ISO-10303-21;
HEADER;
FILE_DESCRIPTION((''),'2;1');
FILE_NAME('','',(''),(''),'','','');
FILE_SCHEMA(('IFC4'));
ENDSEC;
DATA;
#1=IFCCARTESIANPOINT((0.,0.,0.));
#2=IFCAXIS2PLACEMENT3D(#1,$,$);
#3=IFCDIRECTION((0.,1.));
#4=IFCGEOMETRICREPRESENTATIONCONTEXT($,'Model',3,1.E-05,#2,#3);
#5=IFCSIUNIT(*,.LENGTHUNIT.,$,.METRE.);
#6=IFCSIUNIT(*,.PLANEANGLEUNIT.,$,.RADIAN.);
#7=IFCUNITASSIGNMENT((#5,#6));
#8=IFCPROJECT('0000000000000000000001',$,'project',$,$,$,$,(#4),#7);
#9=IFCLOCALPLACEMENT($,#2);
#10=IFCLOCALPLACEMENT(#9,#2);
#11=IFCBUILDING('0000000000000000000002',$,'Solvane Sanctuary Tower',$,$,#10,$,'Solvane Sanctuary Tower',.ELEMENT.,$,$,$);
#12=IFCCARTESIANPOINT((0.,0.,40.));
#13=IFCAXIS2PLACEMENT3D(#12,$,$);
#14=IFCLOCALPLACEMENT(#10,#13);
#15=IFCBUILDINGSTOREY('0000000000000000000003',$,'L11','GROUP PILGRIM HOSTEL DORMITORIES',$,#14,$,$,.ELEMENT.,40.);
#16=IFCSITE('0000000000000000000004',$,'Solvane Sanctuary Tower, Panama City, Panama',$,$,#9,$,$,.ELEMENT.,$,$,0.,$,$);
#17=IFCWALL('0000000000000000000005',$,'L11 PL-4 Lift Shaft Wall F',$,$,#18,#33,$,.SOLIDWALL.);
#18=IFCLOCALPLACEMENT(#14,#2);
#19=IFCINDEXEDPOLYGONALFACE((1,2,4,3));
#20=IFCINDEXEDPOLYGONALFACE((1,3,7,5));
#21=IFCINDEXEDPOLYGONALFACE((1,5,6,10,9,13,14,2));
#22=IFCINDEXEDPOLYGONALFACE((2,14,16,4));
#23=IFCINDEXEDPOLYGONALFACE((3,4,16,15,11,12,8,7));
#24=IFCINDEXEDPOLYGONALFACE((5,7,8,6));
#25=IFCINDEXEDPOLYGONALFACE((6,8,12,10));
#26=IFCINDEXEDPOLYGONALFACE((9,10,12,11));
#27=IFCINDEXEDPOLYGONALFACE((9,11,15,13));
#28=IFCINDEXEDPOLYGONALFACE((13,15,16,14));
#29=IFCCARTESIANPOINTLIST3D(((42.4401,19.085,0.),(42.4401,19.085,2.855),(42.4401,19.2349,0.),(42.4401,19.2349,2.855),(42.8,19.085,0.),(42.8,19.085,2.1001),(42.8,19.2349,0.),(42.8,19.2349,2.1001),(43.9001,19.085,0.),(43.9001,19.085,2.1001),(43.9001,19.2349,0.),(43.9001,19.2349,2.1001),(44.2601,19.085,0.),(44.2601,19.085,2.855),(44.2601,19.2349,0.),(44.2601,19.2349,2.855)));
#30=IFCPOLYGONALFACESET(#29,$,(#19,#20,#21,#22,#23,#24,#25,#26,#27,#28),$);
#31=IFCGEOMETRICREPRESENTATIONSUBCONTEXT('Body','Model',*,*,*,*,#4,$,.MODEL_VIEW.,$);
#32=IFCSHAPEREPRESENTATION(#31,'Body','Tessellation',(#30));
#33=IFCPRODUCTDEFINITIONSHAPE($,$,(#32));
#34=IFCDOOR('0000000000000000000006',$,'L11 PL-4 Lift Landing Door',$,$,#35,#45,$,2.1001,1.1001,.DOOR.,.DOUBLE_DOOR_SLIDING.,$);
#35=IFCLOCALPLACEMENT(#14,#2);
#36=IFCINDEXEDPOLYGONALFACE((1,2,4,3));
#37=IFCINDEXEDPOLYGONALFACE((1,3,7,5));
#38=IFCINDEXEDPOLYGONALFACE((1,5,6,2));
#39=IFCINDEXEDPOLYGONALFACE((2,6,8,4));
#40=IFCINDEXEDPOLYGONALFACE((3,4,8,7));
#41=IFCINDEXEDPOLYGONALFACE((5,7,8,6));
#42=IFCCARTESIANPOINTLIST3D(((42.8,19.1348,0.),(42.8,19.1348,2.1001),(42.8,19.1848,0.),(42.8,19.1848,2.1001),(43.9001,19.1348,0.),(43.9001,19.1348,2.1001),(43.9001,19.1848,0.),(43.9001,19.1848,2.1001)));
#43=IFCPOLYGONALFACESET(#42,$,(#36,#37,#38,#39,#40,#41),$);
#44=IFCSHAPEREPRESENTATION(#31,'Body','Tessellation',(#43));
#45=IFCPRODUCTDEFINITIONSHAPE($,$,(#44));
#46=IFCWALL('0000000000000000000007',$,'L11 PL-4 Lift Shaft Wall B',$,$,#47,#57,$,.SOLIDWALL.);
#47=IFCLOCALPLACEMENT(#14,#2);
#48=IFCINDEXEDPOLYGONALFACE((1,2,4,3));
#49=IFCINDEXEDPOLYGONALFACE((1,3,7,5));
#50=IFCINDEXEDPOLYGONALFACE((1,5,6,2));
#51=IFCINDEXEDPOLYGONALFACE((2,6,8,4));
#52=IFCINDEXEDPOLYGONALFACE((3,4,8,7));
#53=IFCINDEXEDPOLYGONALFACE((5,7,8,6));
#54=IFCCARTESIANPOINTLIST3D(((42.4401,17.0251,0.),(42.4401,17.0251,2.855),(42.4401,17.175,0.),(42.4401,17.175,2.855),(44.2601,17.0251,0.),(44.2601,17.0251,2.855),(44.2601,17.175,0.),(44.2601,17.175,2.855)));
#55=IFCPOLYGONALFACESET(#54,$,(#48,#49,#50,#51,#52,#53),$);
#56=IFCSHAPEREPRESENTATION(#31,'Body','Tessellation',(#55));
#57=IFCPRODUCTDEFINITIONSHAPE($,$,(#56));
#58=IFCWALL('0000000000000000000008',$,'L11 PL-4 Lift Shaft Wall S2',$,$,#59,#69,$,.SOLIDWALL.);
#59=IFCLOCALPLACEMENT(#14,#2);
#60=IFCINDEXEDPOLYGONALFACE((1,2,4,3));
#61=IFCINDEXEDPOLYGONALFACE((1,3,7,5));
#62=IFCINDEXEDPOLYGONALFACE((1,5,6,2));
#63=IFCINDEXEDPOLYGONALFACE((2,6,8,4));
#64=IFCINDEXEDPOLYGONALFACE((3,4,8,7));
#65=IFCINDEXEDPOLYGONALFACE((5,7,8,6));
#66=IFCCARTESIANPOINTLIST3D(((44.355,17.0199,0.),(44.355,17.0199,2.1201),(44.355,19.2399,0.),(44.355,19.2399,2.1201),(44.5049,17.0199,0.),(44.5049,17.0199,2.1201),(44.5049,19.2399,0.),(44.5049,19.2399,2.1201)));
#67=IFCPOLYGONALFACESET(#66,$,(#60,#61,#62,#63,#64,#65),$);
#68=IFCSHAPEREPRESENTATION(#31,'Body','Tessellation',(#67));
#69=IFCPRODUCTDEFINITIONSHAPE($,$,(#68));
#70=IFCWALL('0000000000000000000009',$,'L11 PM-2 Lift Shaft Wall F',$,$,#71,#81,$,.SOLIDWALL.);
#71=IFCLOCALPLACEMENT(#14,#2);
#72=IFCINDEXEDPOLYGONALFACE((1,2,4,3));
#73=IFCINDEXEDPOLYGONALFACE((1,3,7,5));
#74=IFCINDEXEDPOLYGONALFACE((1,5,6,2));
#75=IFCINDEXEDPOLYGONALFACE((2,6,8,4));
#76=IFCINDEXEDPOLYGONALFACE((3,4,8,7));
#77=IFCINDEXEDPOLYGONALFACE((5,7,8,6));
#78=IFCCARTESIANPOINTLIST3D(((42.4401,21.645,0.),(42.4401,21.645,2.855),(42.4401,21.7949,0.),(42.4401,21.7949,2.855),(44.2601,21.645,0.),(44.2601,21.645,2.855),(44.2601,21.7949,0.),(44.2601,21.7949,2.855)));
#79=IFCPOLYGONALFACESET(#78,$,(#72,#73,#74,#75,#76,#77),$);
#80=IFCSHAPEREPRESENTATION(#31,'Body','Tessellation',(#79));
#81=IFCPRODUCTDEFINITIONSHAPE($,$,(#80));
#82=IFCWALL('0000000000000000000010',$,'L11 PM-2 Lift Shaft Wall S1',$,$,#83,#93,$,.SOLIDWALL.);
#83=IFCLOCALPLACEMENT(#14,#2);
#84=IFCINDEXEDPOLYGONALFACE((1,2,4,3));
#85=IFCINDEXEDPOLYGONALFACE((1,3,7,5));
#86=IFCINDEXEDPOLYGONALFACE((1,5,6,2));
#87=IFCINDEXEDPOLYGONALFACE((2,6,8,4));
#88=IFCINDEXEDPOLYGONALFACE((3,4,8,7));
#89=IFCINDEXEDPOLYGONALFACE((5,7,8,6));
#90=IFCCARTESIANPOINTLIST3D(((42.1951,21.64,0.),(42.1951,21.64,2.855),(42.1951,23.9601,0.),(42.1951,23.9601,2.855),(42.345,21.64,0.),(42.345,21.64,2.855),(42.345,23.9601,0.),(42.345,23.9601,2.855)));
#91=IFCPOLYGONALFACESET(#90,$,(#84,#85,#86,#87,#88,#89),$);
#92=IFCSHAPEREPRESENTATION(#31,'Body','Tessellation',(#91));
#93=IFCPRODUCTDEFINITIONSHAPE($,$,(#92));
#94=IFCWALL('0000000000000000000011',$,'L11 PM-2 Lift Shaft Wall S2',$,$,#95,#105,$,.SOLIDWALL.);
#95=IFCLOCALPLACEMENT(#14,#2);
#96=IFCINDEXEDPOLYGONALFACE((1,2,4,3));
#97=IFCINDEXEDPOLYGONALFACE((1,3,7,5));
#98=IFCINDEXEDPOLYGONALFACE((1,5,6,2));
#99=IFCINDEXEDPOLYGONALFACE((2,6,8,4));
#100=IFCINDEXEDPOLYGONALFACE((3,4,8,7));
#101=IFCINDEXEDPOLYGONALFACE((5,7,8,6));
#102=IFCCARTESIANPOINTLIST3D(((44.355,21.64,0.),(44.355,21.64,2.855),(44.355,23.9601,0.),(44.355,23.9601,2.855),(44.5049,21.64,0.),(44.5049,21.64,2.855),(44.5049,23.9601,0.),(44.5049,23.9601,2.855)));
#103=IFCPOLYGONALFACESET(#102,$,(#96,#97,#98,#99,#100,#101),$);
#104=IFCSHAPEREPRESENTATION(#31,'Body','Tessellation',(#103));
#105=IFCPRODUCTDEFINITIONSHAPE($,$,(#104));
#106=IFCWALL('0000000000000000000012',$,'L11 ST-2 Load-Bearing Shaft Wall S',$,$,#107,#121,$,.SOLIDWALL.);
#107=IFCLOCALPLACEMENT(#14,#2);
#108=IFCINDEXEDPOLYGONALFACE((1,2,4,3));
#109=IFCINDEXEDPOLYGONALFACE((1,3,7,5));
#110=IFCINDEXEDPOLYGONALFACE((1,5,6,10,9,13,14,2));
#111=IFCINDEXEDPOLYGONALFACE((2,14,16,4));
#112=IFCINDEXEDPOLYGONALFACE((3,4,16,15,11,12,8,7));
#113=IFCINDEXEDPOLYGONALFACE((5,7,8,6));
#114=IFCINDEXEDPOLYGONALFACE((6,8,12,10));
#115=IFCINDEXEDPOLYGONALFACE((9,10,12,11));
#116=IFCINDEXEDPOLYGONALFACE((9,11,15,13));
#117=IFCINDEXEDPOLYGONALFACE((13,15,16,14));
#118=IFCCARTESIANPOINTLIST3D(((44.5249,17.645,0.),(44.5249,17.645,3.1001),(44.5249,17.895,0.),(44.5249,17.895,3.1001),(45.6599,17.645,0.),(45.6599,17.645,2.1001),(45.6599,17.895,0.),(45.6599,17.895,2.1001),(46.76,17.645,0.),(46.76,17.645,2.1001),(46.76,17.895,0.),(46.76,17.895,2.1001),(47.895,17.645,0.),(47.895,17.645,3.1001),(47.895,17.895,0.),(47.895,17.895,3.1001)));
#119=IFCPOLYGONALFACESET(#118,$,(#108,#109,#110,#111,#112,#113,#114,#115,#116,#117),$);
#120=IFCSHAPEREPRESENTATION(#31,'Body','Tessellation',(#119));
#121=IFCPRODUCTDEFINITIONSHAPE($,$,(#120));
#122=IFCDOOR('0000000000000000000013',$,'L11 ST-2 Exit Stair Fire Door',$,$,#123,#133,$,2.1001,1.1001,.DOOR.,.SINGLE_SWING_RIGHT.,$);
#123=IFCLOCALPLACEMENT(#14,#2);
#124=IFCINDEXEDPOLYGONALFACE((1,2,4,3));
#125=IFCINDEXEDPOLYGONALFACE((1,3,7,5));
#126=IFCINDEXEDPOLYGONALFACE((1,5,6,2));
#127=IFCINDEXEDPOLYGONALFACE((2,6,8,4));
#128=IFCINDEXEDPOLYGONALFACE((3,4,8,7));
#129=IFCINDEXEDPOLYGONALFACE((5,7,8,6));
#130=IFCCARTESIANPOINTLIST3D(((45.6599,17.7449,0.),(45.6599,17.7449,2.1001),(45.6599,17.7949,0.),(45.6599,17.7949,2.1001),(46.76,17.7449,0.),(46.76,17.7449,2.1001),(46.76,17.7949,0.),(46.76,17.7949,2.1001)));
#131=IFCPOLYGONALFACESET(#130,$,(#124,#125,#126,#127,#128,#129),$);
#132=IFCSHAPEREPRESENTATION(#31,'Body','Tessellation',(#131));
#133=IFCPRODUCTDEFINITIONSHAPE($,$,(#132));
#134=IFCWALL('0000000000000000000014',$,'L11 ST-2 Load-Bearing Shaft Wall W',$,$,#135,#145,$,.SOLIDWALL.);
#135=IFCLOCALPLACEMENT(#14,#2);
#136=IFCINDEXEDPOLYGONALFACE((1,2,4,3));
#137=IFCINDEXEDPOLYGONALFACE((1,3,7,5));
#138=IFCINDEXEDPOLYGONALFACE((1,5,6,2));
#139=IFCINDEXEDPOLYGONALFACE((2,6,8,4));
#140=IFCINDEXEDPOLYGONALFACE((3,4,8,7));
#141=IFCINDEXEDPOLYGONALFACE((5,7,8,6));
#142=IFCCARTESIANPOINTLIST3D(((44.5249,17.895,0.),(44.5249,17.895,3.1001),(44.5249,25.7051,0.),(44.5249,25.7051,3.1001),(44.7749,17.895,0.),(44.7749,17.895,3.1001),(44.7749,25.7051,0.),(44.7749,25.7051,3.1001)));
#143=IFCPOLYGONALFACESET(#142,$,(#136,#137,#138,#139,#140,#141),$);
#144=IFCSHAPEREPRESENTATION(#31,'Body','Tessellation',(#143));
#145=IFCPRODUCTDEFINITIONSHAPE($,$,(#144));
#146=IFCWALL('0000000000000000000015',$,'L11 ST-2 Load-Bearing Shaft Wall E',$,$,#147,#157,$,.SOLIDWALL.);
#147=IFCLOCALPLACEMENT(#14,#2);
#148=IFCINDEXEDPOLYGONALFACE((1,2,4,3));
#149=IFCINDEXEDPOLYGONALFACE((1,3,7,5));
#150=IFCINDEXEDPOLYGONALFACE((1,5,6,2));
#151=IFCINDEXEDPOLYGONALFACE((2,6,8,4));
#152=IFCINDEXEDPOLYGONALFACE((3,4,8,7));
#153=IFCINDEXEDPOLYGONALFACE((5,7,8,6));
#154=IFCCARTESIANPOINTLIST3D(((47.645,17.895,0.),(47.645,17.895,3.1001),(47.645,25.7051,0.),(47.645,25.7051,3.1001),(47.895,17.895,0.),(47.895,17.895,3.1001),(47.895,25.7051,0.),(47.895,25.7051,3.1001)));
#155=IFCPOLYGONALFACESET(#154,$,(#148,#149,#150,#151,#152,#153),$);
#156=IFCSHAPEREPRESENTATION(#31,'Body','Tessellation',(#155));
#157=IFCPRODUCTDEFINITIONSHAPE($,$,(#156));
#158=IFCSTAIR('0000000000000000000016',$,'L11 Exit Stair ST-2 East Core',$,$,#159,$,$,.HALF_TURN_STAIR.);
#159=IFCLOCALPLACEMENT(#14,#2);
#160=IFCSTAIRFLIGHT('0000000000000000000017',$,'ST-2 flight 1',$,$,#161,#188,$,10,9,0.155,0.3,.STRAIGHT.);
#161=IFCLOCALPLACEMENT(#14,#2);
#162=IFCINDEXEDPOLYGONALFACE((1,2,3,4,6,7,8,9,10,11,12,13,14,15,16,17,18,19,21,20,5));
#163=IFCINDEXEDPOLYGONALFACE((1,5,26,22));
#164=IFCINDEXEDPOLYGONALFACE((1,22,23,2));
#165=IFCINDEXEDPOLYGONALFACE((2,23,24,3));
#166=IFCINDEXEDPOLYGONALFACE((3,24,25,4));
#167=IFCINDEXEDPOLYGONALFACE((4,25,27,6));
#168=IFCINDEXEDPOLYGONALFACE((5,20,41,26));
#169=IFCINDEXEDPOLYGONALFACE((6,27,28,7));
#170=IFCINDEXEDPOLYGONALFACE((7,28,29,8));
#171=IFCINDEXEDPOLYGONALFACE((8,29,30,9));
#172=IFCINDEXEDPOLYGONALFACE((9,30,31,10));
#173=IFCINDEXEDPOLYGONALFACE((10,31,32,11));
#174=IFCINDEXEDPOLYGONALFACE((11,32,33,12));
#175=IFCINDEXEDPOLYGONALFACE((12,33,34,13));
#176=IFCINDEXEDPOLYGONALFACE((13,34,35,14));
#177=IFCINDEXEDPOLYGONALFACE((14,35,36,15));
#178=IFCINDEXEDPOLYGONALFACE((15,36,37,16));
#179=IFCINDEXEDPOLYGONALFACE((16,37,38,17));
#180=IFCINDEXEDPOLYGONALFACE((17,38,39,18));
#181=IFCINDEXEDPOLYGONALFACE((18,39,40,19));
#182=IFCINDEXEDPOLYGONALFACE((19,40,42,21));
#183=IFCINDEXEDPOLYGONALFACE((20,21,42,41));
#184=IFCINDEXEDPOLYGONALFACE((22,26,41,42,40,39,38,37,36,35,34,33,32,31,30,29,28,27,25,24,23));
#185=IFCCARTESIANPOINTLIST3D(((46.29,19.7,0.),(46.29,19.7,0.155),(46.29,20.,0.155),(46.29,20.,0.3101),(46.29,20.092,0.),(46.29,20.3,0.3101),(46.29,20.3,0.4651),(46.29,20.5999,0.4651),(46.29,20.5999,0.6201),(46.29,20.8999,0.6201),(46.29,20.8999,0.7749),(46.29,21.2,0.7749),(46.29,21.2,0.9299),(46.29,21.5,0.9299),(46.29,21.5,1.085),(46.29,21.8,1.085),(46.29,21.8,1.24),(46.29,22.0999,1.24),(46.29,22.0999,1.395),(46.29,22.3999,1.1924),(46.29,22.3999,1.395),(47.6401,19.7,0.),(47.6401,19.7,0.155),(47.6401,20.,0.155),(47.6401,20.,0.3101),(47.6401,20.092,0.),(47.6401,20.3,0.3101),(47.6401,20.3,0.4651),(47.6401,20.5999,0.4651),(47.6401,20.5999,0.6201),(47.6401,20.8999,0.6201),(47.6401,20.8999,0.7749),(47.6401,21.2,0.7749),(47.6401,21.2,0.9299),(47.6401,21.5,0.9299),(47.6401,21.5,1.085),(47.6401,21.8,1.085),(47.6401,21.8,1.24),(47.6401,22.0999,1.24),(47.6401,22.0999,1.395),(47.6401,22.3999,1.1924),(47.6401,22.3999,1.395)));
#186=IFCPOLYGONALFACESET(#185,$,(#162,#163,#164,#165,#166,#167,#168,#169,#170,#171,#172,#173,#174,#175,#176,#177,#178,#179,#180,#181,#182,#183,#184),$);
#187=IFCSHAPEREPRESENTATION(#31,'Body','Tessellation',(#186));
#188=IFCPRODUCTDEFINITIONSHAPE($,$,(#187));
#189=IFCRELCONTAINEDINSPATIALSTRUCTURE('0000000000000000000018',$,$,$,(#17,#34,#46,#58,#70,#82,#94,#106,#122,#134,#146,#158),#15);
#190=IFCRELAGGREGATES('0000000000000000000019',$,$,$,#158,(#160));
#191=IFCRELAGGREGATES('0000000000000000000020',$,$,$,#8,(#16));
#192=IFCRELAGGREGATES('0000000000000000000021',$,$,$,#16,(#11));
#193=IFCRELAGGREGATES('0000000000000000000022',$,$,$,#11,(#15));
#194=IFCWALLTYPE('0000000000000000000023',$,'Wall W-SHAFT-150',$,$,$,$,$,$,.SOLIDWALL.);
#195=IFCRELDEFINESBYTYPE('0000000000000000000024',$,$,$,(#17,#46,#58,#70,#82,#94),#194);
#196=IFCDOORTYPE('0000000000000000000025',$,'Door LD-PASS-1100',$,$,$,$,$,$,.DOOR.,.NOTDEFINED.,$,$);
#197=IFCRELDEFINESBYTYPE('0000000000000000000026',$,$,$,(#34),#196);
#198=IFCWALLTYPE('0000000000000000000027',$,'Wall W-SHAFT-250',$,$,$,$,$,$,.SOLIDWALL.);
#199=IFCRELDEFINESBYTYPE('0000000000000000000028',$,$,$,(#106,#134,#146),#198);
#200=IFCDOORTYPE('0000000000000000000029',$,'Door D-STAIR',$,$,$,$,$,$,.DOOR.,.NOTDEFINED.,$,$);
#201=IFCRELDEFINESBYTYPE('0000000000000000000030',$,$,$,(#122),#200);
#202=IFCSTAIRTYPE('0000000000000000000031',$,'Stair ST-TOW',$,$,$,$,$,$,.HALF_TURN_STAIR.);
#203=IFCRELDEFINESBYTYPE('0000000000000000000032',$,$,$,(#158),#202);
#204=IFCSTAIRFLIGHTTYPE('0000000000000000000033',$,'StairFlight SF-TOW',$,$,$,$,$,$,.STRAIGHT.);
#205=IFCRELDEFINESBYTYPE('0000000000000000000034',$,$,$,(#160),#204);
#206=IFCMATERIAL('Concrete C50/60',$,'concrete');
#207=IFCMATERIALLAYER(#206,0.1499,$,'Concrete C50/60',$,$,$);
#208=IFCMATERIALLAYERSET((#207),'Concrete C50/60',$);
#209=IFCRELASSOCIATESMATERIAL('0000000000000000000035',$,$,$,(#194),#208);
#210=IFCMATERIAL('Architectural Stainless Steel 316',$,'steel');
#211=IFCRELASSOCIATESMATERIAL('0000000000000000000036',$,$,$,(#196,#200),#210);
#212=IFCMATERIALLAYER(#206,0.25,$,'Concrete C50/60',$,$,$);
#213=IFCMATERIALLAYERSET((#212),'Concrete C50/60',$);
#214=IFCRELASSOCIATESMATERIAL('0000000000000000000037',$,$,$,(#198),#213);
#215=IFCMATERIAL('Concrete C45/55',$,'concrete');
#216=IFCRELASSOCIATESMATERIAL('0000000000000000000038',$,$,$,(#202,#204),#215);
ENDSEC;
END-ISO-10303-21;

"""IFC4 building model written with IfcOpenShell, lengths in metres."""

from ifc_helpers import new_model, si_unit, direction, frame, frame_2d, origin, place, context, subcontext, project, spatial, polyline, rectangle, outline, extrude, material, layer, layer_set, type_object, element, fill, aggregate, save


model = new_model("IFC4")

# Units and contexts
model_context = context("Model", 3, precision=1e-05, world=origin(), true_north=direction((0.0, 1.0)))
body_context = subcontext(model_context, "Body", "Model", "MODEL_VIEW")
ifc_project = project(units=[si_unit("LENGTHUNIT", "METRE"), si_unit("PLANEANGLEUNIT", "RADIAN")], contexts=[model_context])

# Site, building, storey
site_placement = place(None, origin())
site = spatial("IfcSite", under=ifc_project, at=site_placement, Name="Solvane Sanctuary Tower, Panama City, Panama", CompositionType="ELEMENT", RefElevation=0.0)
building_placement = place(site_placement, origin())
building = spatial("IfcBuilding", under=site, at=building_placement, Name="Solvane Sanctuary Tower", LongName="Solvane Sanctuary Tower", CompositionType="ELEMENT")
storey_placement = place(building_placement, frame((0.0, 0.0, 40.0)))
storey = spatial("IfcBuildingStorey", under=building, at=storey_placement, Name="L11", Description="GROUP PILGRIM HOSTEL DORMITORIES", CompositionType="ELEMENT", Elevation=40.0)

# Wall, opening, door
ifc_material_1 = material(Name="Concrete C50/60", Category="concrete")
ifc_layer_1 = layer(ifc_material_1, 0.1499, Name="Concrete C50/60")
ifc_layer_set_1 = layer_set([ifc_layer_1], Name="Concrete C50/60")
wall_type_1 = type_object("IfcWallType", Name="Wall W-SHAFT-150", PredefinedType="SOLIDWALL", material=ifc_layer_set_1)
wall_1_placement = place(storey_placement, frame((42.4399, 19.1599, 0.0), z_axis=(0.0, 0.0, 1.0), x_axis=(1.0, 0.0, 0.0)))
wall_1 = element("IfcWall", 1, at=wall_1_placement, inside=storey, type_object=wall_type_1, Name="L11 PL-4 Lift Shaft Wall F", PredefinedType="SOLIDWALL", context=body_context, shape_type="SweptSolid", body=[
    extrude(rectangle(XDim=1.8201, YDim=0.1499, at=frame_2d((0.9102, 0.0))), origin(), (0.0, 0.0, 1.0), 2.855),
])
opening_1_placement = place(wall_1_placement, frame((0.3601, 0.0, 0.0)))
opening_1 = element("IfcOpeningElement", 2, at=opening_1_placement, cuts=wall_1, PredefinedType="OPENING", context=body_context, shape_type="SweptSolid", body=[
    extrude(rectangle(XDim=1.1001, YDim=2.1001, at=frame_2d((0.55, 1.05))), frame((0.0, 0.085, 0.0), z_axis=(0.0, -1.0, 0.0), x_axis=(1.0, 0.0, 0.0)), (0.0, 0.0, 1.0), 0.1699),
])
ifc_material_2 = material(Name="Architectural Stainless Steel 316", Category="steel")
door_type_1 = type_object("IfcDoorType", Name="Door LD-PASS-1100", OperationType="NOTDEFINED", PredefinedType="DOOR", material=ifc_material_2)
door_1_placement = place(opening_1_placement, origin())
door_1 = element("IfcDoor", 3, at=door_1_placement, inside=storey, type_object=door_type_1, Name="L11 PL-4 Lift Landing Door", OperationType="DOUBLE_DOOR_SLIDING", OverallHeight=2.1001, OverallWidth=1.1001, PredefinedType="DOOR", context=body_context, shape_type="SweptSolid", body=[
    extrude(rectangle(XDim=1.1001, YDim=2.1001, at=frame_2d((0.55, 1.05))), frame((0.0, 0.0249, 0.0), z_axis=(0.0, -1.0, 0.0), x_axis=(1.0, 0.0, 0.0)), (0.0, 0.0, 1.0), 0.05),
])
fill(opening_1, door_1)

# Walls
wall_2_placement = place(storey_placement, frame((42.4399, 17.1001, 0.0), z_axis=(0.0, 0.0, 1.0), x_axis=(1.0, 0.0, 0.0)))
element("IfcWall", 4, at=wall_2_placement, inside=storey, type_object=wall_type_1, Name="L11 PL-4 Lift Shaft Wall B", PredefinedType="SOLIDWALL", context=body_context, shape_type="SweptSolid", body=[
    extrude(rectangle(XDim=1.8201, YDim=0.1499, at=frame_2d((0.9102, 0.0))), origin(), (0.0, 0.0, 1.0), 2.855),
])
wall_3_placement = place(storey_placement, frame((44.4299, 17.02, 0.0), z_axis=(0.0, 0.0, 1.0), x_axis=(0.0, 1.0, 0.0)))
element("IfcWall", 5, at=wall_3_placement, inside=storey, type_object=wall_type_1, Name="L11 PL-4 Lift Shaft Wall S2", PredefinedType="SOLIDWALL", context=body_context, shape_type="SweptSolid", body=[
    extrude(rectangle(XDim=2.22, YDim=0.1499, at=frame_2d((1.1099, 0.0))), origin(), (0.0, 0.0, 1.0), 2.1201),
])
wall_4_placement = place(storey_placement, frame((42.4399, 21.72, 0.0), z_axis=(0.0, 0.0, 1.0), x_axis=(1.0, 0.0, 0.0)))
element("IfcWall", 6, at=wall_4_placement, inside=storey, type_object=wall_type_1, Name="L11 PM-2 Lift Shaft Wall F", PredefinedType="SOLIDWALL", context=body_context, shape_type="SweptSolid", body=[
    extrude(rectangle(XDim=1.8201, YDim=0.1499, at=frame_2d((0.9102, 0.0))), origin(), (0.0, 0.0, 1.0), 2.855),
])
for number, where, z_axis, x_axis, name in (
    (7, (42.27, 21.6399, 0.0), (0.0, 0.0, 1.0), (0.0, 1.0, 0.0), "L11 PM-2 Lift Shaft Wall S1"),
    (8, (44.4299, 21.6399, 0.0), (0.0, 0.0, 1.0), (0.0, 1.0, 0.0), "L11 PM-2 Lift Shaft Wall S2"),
):
    element("IfcWall", number, at=place(storey_placement, frame(where, z_axis=z_axis, x_axis=x_axis)), inside=storey, type_object=wall_type_1, Name=name, PredefinedType="SOLIDWALL", context=body_context, shape_type="SweptSolid", body=[
        extrude(rectangle(XDim=2.3201, YDim=0.1499, at=frame_2d((1.1602, 0.0))), origin(), (0.0, 0.0, 1.0), 2.855),
    ])

# Wall, opening, door
ifc_layer_2 = layer(ifc_material_1, 0.25, Name="Concrete C50/60")
ifc_layer_set_2 = layer_set([ifc_layer_2], Name="Concrete C50/60")
wall_type_2 = type_object("IfcWallType", Name="Wall W-SHAFT-250", PredefinedType="SOLIDWALL", material=ifc_layer_set_2)
wall_5_placement = place(storey_placement, frame((44.5249, 17.77, 0.0), z_axis=(0.0, 0.0, 1.0), x_axis=(1.0, 0.0, 0.0)))
wall_5 = element("IfcWall", 9, at=wall_5_placement, inside=storey, type_object=wall_type_2, Name="L11 ST-2 Load-Bearing Shaft Wall S", PredefinedType="SOLIDWALL", context=body_context, shape_type="SweptSolid", body=[
    extrude(rectangle(XDim=3.3701, YDim=0.25, at=frame_2d((1.6851, 0.0))), origin(), (0.0, 0.0, 1.0), 3.1001),
])
opening_2_placement = place(wall_5_placement, frame((1.135, 0.0, 0.0)))
opening_2 = element("IfcOpeningElement", 10, at=opening_2_placement, cuts=wall_5, PredefinedType="OPENING", context=body_context, shape_type="SweptSolid", body=[
    extrude(rectangle(XDim=1.1001, YDim=2.1001, at=frame_2d((0.55, 1.05))), frame((0.0, 0.135, 0.0), z_axis=(0.0, -1.0, 0.0), x_axis=(1.0, 0.0, 0.0)), (0.0, 0.0, 1.0), 0.27),
])
door_type_2 = type_object("IfcDoorType", Name="Door D-STAIR", OperationType="NOTDEFINED", PredefinedType="DOOR", material=ifc_material_2)
door_2_placement = place(opening_2_placement, origin())
door_2 = element("IfcDoor", 11, at=door_2_placement, inside=storey, type_object=door_type_2, Name="L11 ST-2 Exit Stair Fire Door", OperationType="SINGLE_SWING_RIGHT", OverallHeight=2.1001, OverallWidth=1.1001, PredefinedType="DOOR", context=body_context, shape_type="SweptSolid", body=[
    extrude(rectangle(XDim=1.1001, YDim=2.1001, at=frame_2d((0.55, 1.05))), frame((0.0, 0.0249, 0.0), z_axis=(0.0, -1.0, 0.0), x_axis=(1.0, 0.0, 0.0)), (0.0, 0.0, 1.0), 0.05),
])
fill(opening_2, door_2)

# Walls
for number, where, z_axis, x_axis, name in (
    (12, (44.6499, 17.895, 0.0), (0.0, 0.0, 1.0), (0.0, 1.0, 0.0), "L11 ST-2 Load-Bearing Shaft Wall W"),
    (13, (47.77, 17.895, 0.0), (0.0, 0.0, 1.0), (0.0, 1.0, 0.0), "L11 ST-2 Load-Bearing Shaft Wall E"),
):
    element("IfcWall", number, at=place(storey_placement, frame(where, z_axis=z_axis, x_axis=x_axis)), inside=storey, type_object=wall_type_2, Name=name, PredefinedType="SOLIDWALL", context=body_context, shape_type="SweptSolid", body=[
        extrude(rectangle(XDim=7.8101, YDim=0.25, at=frame_2d((3.905, 0.0))), origin(), (0.0, 0.0, 1.0), 3.1001),
    ])

# Stair, stair flight
ifc_material_3 = material(Name="Concrete C45/55", Category="concrete")
stair_type = type_object("IfcStairType", Name="Stair ST-TOW", PredefinedType="HALF_TURN_STAIR", material=ifc_material_3)
stair_placement = place(storey_placement, origin())
stair = element("IfcStair", 14, at=stair_placement, inside=storey, type_object=stair_type, Name="L11 Exit Stair ST-2 East Core", PredefinedType="HALF_TURN_STAIR")
stair_flight_type = type_object("IfcStairFlightType", Name="StairFlight SF-TOW", PredefinedType="STRAIGHT", material=ifc_material_3)
stair_flight_placement = place(storey_placement, frame((46.9651, 19.7, 0.0), z_axis=(0.0, 0.0, 1.0), x_axis=(0.0, 1.0, 0.0)))
stair_flight = element("IfcStairFlight", 15, at=stair_flight_placement, type_object=stair_flight_type, Name="ST-2 flight 1", NumberOfRisers=10, NumberOfTreads=9, PredefinedType="STRAIGHT", RiserHeight=0.155, TreadLength=0.3, context=body_context, shape_type="SweptSolid", body=[
    extrude(outline(polyline([(0.0, 0.0), (0.0, 0.155), (0.3, 0.155), (0.3, 0.3101), (0.6001, 0.3101), (0.6001, 0.4651), (0.8999, 0.4651), (0.8999, 0.6201), (1.2, 0.6201), (1.2, 0.7749), (1.5, 0.7749), (1.5, 0.9299), (1.8, 0.9299), (1.8, 1.085), (2.1001, 1.085), (2.1001, 1.24), (2.3999, 1.24), (2.3999, 1.395), (2.7, 1.395), (2.7, 1.55), (2.7, 1.1924), (0.3921, 0.0), (0.0, 0.0)])), frame((0.0, 0.675, 0.0), z_axis=(0.0, -1.0, 0.0), x_axis=(1.0, 0.0, 0.0)), (0.0, 0.0, 1.0), 1.3501),
])
aggregate(stair, [stair_flight])

save(model, "model.ifc")
